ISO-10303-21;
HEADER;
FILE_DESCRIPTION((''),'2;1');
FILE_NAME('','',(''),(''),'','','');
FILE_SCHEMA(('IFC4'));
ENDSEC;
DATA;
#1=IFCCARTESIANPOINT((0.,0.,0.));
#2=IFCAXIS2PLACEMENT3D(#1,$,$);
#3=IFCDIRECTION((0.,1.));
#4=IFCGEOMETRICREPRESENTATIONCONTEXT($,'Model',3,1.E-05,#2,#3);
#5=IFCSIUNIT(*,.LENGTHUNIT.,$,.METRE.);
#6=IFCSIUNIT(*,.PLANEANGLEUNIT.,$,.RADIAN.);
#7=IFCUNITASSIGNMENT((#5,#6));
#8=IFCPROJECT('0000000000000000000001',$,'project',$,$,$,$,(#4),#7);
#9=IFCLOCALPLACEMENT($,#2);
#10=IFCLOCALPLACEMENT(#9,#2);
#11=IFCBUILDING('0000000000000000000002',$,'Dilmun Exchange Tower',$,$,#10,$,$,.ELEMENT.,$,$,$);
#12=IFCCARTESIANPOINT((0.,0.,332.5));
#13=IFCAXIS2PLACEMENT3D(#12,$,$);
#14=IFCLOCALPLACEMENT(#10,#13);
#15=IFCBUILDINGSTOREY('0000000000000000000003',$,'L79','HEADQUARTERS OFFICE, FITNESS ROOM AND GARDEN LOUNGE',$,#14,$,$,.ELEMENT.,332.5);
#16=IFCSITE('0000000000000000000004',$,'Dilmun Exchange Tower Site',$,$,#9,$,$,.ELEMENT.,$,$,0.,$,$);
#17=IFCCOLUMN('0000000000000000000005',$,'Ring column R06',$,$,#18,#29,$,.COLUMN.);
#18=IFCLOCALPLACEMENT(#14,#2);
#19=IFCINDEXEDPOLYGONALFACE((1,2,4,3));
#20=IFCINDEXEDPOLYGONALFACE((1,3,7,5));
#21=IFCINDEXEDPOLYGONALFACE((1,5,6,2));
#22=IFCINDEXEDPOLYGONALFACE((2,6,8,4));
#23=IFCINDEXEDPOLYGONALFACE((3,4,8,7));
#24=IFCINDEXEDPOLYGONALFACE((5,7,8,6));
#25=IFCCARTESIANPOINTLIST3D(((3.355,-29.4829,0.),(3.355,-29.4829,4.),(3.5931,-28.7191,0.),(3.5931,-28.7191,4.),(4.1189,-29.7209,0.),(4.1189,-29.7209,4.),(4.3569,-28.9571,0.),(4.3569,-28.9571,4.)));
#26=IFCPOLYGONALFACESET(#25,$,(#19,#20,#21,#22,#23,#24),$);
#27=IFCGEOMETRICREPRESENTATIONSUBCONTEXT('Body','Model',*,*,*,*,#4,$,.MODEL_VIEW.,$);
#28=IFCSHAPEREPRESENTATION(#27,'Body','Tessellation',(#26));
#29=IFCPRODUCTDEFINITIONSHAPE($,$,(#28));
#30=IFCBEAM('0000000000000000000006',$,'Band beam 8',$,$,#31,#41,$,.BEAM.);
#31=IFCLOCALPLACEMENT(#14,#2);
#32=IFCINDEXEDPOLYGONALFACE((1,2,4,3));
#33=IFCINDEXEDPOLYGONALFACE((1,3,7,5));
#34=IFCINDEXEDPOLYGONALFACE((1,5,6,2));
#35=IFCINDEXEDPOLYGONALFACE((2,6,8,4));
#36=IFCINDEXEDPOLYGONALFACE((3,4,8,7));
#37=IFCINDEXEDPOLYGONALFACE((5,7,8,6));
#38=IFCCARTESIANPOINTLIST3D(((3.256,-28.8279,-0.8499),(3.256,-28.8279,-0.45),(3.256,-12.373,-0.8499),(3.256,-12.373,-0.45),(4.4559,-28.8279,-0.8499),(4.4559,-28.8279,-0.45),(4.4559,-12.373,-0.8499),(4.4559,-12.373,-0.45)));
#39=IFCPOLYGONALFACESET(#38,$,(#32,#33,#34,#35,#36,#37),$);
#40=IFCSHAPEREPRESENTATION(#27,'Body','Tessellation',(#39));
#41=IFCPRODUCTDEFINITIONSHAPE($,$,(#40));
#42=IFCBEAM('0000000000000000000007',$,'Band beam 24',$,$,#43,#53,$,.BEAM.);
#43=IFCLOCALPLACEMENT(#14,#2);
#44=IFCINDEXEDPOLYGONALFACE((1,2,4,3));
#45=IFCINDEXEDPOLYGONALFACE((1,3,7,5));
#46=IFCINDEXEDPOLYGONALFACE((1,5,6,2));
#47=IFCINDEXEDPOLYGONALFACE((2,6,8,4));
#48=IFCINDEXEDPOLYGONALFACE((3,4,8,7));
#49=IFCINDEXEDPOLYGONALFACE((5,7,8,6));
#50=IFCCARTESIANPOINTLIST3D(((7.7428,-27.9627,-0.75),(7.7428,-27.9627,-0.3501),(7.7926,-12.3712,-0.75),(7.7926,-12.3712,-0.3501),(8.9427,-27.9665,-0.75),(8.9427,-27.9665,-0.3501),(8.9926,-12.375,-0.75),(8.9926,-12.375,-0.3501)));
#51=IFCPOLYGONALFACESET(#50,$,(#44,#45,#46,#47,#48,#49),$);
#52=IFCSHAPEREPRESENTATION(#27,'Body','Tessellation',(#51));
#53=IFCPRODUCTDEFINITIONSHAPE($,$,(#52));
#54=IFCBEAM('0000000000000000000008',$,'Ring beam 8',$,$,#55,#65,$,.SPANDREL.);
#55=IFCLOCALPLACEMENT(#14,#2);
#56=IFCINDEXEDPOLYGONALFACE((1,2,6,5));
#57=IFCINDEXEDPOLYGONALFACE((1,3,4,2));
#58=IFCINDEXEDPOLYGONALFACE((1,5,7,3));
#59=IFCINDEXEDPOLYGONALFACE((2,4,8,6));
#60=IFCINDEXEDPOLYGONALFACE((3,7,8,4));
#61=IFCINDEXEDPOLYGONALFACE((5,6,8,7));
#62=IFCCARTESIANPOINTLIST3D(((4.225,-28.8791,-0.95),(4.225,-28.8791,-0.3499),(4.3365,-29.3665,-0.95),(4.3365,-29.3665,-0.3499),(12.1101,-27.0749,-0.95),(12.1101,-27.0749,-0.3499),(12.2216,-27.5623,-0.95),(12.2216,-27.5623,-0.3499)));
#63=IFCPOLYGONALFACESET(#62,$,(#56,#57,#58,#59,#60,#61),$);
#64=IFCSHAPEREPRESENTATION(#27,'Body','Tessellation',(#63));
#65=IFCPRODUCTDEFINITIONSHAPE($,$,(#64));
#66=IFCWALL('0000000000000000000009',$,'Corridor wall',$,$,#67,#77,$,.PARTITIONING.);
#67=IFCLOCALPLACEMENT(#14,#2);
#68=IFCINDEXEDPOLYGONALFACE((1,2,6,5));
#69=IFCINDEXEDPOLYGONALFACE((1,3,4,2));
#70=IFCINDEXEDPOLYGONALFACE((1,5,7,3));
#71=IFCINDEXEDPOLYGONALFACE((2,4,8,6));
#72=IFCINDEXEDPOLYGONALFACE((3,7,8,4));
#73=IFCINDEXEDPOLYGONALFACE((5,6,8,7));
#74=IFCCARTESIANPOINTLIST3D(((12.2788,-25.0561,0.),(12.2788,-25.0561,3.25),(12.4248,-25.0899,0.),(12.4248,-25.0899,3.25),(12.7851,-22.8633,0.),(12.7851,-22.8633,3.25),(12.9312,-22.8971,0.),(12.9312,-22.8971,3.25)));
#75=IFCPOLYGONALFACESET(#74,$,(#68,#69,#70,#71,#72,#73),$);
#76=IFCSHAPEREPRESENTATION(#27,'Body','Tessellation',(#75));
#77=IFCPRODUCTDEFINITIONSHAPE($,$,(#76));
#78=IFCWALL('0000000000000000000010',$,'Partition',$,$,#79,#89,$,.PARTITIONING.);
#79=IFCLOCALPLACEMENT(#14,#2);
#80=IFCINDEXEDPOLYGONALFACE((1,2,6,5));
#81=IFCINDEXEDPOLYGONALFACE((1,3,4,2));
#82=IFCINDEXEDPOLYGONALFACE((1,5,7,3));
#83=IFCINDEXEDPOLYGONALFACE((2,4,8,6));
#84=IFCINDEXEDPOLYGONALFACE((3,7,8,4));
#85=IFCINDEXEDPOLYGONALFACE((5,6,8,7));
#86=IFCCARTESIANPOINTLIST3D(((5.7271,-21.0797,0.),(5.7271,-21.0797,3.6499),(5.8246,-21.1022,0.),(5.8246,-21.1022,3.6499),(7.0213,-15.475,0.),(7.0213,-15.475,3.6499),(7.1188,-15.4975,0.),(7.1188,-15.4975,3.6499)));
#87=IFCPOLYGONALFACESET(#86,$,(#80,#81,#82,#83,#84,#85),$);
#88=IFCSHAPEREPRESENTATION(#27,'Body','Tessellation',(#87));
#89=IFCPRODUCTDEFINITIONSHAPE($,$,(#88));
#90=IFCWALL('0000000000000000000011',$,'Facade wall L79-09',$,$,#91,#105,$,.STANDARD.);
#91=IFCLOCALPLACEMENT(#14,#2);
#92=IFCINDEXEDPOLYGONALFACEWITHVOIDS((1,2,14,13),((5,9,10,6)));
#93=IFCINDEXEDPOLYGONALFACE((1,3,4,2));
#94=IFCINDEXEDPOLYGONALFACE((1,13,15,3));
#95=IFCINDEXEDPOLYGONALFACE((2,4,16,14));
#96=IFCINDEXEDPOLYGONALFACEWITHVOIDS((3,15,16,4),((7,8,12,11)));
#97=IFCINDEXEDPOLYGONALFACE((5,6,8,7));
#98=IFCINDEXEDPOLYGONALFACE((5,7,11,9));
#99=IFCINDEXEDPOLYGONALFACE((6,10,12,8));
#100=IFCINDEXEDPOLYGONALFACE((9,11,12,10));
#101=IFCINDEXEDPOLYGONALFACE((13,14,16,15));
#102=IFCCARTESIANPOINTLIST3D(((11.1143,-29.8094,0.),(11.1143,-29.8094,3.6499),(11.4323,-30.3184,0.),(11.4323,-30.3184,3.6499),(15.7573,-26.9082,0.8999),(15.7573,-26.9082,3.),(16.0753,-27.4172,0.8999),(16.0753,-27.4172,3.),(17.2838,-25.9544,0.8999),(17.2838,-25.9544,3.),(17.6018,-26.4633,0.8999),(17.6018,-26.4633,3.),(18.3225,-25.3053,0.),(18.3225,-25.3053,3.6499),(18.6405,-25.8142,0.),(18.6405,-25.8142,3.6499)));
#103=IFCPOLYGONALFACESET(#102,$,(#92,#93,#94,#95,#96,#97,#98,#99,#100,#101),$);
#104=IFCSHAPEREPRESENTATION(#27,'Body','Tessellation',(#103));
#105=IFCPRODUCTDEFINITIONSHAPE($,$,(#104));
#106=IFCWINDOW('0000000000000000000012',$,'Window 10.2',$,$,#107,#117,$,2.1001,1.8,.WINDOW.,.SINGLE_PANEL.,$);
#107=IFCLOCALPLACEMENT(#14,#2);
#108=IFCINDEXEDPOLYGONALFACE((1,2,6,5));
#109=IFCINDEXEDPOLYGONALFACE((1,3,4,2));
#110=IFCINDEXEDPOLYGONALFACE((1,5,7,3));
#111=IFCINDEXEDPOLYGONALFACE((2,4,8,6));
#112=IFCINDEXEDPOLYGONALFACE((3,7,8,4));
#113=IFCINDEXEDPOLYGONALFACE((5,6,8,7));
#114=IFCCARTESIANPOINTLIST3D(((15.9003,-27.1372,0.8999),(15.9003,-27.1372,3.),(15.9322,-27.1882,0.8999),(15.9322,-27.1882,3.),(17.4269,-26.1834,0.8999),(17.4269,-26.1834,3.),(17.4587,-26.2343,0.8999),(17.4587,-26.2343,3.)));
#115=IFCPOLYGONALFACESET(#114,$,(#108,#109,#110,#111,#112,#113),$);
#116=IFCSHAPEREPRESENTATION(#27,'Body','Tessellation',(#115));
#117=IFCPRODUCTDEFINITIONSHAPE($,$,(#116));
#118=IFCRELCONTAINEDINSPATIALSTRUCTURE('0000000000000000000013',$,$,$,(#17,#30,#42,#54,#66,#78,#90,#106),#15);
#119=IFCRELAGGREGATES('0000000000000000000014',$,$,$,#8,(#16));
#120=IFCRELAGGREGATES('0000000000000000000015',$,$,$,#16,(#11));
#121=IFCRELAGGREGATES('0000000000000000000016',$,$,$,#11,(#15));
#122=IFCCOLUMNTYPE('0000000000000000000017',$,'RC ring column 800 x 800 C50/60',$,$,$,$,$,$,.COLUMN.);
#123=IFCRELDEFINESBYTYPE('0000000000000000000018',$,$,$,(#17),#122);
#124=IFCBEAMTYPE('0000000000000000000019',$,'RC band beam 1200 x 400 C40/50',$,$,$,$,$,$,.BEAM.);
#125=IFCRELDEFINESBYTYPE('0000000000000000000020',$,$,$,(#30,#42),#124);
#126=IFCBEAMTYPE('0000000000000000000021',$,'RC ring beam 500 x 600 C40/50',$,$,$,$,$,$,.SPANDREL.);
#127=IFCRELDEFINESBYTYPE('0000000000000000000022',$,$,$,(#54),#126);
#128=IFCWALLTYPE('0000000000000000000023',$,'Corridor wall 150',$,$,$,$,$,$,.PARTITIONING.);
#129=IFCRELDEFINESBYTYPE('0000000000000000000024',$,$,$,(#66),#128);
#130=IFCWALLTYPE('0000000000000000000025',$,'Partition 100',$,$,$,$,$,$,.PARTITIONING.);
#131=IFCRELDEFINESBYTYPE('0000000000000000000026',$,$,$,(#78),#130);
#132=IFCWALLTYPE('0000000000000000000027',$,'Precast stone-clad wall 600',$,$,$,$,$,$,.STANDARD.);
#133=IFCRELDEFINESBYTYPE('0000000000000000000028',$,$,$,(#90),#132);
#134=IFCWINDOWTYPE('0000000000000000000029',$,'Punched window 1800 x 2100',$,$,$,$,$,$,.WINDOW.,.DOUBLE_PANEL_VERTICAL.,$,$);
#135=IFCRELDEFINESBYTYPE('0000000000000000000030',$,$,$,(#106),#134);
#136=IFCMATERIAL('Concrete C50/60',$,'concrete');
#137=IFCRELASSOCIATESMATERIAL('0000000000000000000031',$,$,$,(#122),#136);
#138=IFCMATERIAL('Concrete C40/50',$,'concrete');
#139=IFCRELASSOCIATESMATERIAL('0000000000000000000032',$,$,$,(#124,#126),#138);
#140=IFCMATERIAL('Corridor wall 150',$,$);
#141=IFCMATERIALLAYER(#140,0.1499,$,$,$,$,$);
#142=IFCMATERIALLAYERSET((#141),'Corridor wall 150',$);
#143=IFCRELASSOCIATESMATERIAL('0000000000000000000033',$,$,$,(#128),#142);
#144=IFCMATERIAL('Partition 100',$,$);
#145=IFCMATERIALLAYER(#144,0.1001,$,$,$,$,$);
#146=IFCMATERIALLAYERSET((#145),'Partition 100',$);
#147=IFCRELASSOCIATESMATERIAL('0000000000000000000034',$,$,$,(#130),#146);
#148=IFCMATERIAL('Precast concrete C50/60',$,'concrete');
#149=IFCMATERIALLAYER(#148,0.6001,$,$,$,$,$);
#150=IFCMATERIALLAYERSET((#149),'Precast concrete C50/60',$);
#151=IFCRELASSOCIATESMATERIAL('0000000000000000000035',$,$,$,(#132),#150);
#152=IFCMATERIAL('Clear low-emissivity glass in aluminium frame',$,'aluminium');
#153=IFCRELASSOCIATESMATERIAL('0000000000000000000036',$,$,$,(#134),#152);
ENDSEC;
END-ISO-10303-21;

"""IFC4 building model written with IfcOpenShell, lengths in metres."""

from ifc_helpers import new_model, si_unit, direction, frame, frame_2d, origin, origin_2d, place, context, subcontext, project, spatial, rectangle, extrude, material, layer, layer_set, material_profile, profile_set, type_object, element, fill, save


model = new_model("IFC4")

# Units and contexts
model_context = context("Model", 3, precision=1e-05, world=origin(), true_north=direction((0.0, 1.0)))
body_context = subcontext(model_context, "Body", "Model", "MODEL_VIEW")
ifc_project = project(units=[si_unit("LENGTHUNIT", "METRE"), si_unit("PLANEANGLEUNIT", "RADIAN")], contexts=[model_context])

# Site, building, storey
site_placement = place(None, origin())
site = spatial("IfcSite", under=ifc_project, at=site_placement, Name="Dilmun Exchange Tower Site", CompositionType="ELEMENT", RefElevation=0.0)
building_placement = place(site_placement, origin())
building = spatial("IfcBuilding", under=site, at=building_placement, Name="Dilmun Exchange Tower", CompositionType="ELEMENT")
storey_placement = place(building_placement, frame((0.0, 0.0, 332.5)))
storey = spatial("IfcBuildingStorey", under=building, at=storey_placement, Name="L79", Description="HEADQUARTERS OFFICE, FITNESS ROOM AND GARDEN LOUNGE", CompositionType="ELEMENT", Elevation=332.5)

# Column
ifc_material_1 = material(Name="Concrete C50/60", Category="concrete")
ifc_material_profile_1 = material_profile(ifc_material_1, rectangle(XDim=0.8, YDim=0.8, at=origin_2d()), Name="800 x 800")
ifc_profile_set_1 = profile_set([ifc_material_profile_1], Name="Concrete C50/60")
column_type = type_object("IfcColumnType", Name="RC ring column 800 x 800 C50/60", PredefinedType="COLUMN", material=ifc_profile_set_1)
column_placement = place(storey_placement, frame((3.856, -29.22, 0.0), z_axis=(0.0, 0.0, 1.0), x_axis=(0.297503, 0.954721, 0.0)))
element("IfcColumn", 1, at=column_placement, inside=storey, type_object=column_type, Name="Ring column R06", PredefinedType="COLUMN", context=body_context, shape_type="SweptSolid", body=[
    extrude(rectangle(XDim=0.8, YDim=0.8, at=origin_2d()), origin(), (0.0, 0.0, 1.0), 4.0),
])

# Beams
ifc_material_2 = material(Name="Concrete C40/50", Category="concrete")
ifc_material_profile_2 = material_profile(ifc_material_2, rectangle(XDim=1.2, YDim=0.3999, at=origin_2d()), Name="1200 x 400")
ifc_profile_set_2 = profile_set([ifc_material_profile_2], Name="Concrete C40/50")
beam_type_1 = type_object("IfcBeamType", Name="RC band beam 1200 x 400 C40/50", PredefinedType="BEAM", material=ifc_profile_set_2)
beam_1_placement = place(storey_placement, frame((3.856, -28.8279, -0.6499), z_axis=(0.0, 1.0, 0.0), x_axis=(-1.0, 0.0, 0.0)))
element("IfcBeam", 2, at=beam_1_placement, inside=storey, type_object=beam_type_1, Name="Band beam 8", PredefinedType="BEAM", context=body_context, shape_type="SweptSolid", body=[
    extrude(rectangle(XDim=1.2, YDim=0.3999, at=origin_2d()), origin(), (0.0, 0.0, 1.0), 16.4548),
])
beam_2_placement = place(storey_placement, frame((8.3428, -27.9646, -0.55), z_axis=(0.003194, 0.999995, 0.0), x_axis=(-0.999995, 0.003194, 0.0)))
element("IfcBeam", 3, at=beam_2_placement, inside=storey, type_object=beam_type_1, Name="Band beam 24", PredefinedType="BEAM", context=body_context, shape_type="SweptSolid", body=[
    extrude(rectangle(XDim=1.2, YDim=0.3999, at=origin_2d()), origin(), (0.0, 0.0, 1.0), 15.5916),
])
ifc_material_profile_3 = material_profile(ifc_material_2, rectangle(XDim=0.5, YDim=0.6001, at=origin_2d()), Name="500 x 600")
ifc_profile_set_3 = profile_set([ifc_material_profile_3], Name="Concrete C40/50")
beam_type_2 = type_object("IfcBeamType", Name="RC ring beam 500 x 600 C40/50", PredefinedType="SPANDREL", material=ifc_profile_set_3)
beam_3_placement = place(storey_placement, frame((4.2808, -29.1228, -0.6499), z_axis=(0.974807, 0.223049, 0.0), x_axis=(-0.223049, 0.974807, 0.0)))
element("IfcBeam", 4, at=beam_3_placement, inside=storey, type_object=beam_type_2, Name="Ring beam 8", PredefinedType="SPANDREL", context=body_context, shape_type="SweptSolid", body=[
    extrude(rectangle(XDim=0.5, YDim=0.6001, at=origin_2d()), origin(), (0.0, 0.0, 1.0), 8.0889),
])

# Walls
ifc_material_3 = material(Name="Corridor wall 150")
ifc_layer_1 = layer(ifc_material_3, 0.1499)
ifc_layer_set_1 = layer_set([ifc_layer_1], Name="Corridor wall 150")
wall_type_1 = type_object("IfcWallType", Name="Corridor wall 150", PredefinedType="PARTITIONING", material=ifc_layer_set_1)
wall_1_placement = place(storey_placement, frame((12.3518, -25.073, 0.0), z_axis=(0.0, 0.0, 1.0), x_axis=(0.224986, 0.974362, 0.0)))
element("IfcWall", 5, at=wall_1_placement, inside=storey, type_object=wall_type_1, Name="Corridor wall", PredefinedType="PARTITIONING", context=body_context, shape_type="SweptSolid", body=[
    extrude(rectangle(XDim=2.2505, YDim=0.1499, at=frame_2d((1.1252, 0.0))), origin(), (0.0, 0.0, 1.0), 3.25),
])
ifc_material_4 = material(Name="Partition 100")
ifc_layer_2 = layer(ifc_material_4, 0.1001)
ifc_layer_set_2 = layer_set([ifc_layer_2], Name="Partition 100")
wall_type_2 = type_object("IfcWallType", Name="Partition 100", PredefinedType="PARTITIONING", material=ifc_layer_set_2)
wall_2_placement = place(storey_placement, frame((5.7759, -21.0908, 0.0), z_axis=(0.0, 0.0, 1.0), x_axis=(0.22499, 0.974361, 0.0)))
element("IfcWall", 6, at=wall_2_placement, inside=storey, type_object=wall_type_2, Name="Partition", PredefinedType="PARTITIONING", context=body_context, shape_type="SweptSolid", body=[
    extrude(rectangle(XDim=5.7522, YDim=0.1001, at=frame_2d((2.876, 0.0))), origin(), (0.0, 0.0, 1.0), 3.6499),
])

# Wall, opening, window
ifc_material_5 = material(Name="Precast concrete C50/60", Category="concrete")
ifc_layer_3 = layer(ifc_material_5, 0.6001)
ifc_layer_set_3 = layer_set([ifc_layer_3], Name="Precast concrete C50/60")
wall_type_3 = type_object("IfcWallType", Name="Precast stone-clad wall 600", PredefinedType="STANDARD", material=ifc_layer_set_3)
wall_3_placement = place(storey_placement, frame((11.2732, -30.064, 0.0), z_axis=(0.0, 0.0, 1.0), x_axis=(0.848052, 0.529914, 0.0)))
wall_3 = element("IfcWall", 7, at=wall_3_placement, inside=storey, type_object=wall_type_3, Name="Facade wall L79-09", PredefinedType="STANDARD", context=body_context, shape_type="SweptSolid", body=[
    extrude(rectangle(XDim=8.4998, YDim=0.6001, at=frame_2d((4.25, 0.0))), origin(), (0.0, 0.0, 1.0), 3.6499),
])
opening_placement = place(wall_3_placement, frame((5.4751, 0.0, 0.8999)))
opening = element("IfcOpeningElement", 8, at=opening_placement, cuts=wall_3, PredefinedType="OPENING", context=body_context, shape_type="SweptSolid", body=[
    extrude(rectangle(XDim=1.8, YDim=2.1001, at=frame_2d((0.8999, 1.05))), frame((0.0, 0.3101, 0.0), z_axis=(0.0, -1.0, 0.0), x_axis=(1.0, 0.0, 0.0)), (0.0, 0.0, 1.0), 0.6201),
])
ifc_material_6 = material(Name="Clear low-emissivity glass in aluminium frame", Category="aluminium")
window_type = type_object("IfcWindowType", Name="Punched window 1800 x 2100", PartitioningType="DOUBLE_PANEL_VERTICAL", PredefinedType="WINDOW", material=ifc_material_6)
window_placement = place(opening_placement, origin())
window = element("IfcWindow", 9, at=window_placement, inside=storey, type_object=window_type, Name="Window 10.2", OverallHeight=2.1001, OverallWidth=1.8, PartitioningType="SINGLE_PANEL", PredefinedType="WINDOW", context=body_context, shape_type="SweptSolid", body=[
    extrude(rectangle(XDim=1.8, YDim=2.1001, at=frame_2d((0.8999, 1.05))), frame((0.0, 0.03, 0.0), z_axis=(0.0, -1.0, 0.0), x_axis=(1.0, 0.0, 0.0)), (0.0, 0.0, 1.0), 0.0601),
])
fill(opening, window)

save(model, "model.ifc")
